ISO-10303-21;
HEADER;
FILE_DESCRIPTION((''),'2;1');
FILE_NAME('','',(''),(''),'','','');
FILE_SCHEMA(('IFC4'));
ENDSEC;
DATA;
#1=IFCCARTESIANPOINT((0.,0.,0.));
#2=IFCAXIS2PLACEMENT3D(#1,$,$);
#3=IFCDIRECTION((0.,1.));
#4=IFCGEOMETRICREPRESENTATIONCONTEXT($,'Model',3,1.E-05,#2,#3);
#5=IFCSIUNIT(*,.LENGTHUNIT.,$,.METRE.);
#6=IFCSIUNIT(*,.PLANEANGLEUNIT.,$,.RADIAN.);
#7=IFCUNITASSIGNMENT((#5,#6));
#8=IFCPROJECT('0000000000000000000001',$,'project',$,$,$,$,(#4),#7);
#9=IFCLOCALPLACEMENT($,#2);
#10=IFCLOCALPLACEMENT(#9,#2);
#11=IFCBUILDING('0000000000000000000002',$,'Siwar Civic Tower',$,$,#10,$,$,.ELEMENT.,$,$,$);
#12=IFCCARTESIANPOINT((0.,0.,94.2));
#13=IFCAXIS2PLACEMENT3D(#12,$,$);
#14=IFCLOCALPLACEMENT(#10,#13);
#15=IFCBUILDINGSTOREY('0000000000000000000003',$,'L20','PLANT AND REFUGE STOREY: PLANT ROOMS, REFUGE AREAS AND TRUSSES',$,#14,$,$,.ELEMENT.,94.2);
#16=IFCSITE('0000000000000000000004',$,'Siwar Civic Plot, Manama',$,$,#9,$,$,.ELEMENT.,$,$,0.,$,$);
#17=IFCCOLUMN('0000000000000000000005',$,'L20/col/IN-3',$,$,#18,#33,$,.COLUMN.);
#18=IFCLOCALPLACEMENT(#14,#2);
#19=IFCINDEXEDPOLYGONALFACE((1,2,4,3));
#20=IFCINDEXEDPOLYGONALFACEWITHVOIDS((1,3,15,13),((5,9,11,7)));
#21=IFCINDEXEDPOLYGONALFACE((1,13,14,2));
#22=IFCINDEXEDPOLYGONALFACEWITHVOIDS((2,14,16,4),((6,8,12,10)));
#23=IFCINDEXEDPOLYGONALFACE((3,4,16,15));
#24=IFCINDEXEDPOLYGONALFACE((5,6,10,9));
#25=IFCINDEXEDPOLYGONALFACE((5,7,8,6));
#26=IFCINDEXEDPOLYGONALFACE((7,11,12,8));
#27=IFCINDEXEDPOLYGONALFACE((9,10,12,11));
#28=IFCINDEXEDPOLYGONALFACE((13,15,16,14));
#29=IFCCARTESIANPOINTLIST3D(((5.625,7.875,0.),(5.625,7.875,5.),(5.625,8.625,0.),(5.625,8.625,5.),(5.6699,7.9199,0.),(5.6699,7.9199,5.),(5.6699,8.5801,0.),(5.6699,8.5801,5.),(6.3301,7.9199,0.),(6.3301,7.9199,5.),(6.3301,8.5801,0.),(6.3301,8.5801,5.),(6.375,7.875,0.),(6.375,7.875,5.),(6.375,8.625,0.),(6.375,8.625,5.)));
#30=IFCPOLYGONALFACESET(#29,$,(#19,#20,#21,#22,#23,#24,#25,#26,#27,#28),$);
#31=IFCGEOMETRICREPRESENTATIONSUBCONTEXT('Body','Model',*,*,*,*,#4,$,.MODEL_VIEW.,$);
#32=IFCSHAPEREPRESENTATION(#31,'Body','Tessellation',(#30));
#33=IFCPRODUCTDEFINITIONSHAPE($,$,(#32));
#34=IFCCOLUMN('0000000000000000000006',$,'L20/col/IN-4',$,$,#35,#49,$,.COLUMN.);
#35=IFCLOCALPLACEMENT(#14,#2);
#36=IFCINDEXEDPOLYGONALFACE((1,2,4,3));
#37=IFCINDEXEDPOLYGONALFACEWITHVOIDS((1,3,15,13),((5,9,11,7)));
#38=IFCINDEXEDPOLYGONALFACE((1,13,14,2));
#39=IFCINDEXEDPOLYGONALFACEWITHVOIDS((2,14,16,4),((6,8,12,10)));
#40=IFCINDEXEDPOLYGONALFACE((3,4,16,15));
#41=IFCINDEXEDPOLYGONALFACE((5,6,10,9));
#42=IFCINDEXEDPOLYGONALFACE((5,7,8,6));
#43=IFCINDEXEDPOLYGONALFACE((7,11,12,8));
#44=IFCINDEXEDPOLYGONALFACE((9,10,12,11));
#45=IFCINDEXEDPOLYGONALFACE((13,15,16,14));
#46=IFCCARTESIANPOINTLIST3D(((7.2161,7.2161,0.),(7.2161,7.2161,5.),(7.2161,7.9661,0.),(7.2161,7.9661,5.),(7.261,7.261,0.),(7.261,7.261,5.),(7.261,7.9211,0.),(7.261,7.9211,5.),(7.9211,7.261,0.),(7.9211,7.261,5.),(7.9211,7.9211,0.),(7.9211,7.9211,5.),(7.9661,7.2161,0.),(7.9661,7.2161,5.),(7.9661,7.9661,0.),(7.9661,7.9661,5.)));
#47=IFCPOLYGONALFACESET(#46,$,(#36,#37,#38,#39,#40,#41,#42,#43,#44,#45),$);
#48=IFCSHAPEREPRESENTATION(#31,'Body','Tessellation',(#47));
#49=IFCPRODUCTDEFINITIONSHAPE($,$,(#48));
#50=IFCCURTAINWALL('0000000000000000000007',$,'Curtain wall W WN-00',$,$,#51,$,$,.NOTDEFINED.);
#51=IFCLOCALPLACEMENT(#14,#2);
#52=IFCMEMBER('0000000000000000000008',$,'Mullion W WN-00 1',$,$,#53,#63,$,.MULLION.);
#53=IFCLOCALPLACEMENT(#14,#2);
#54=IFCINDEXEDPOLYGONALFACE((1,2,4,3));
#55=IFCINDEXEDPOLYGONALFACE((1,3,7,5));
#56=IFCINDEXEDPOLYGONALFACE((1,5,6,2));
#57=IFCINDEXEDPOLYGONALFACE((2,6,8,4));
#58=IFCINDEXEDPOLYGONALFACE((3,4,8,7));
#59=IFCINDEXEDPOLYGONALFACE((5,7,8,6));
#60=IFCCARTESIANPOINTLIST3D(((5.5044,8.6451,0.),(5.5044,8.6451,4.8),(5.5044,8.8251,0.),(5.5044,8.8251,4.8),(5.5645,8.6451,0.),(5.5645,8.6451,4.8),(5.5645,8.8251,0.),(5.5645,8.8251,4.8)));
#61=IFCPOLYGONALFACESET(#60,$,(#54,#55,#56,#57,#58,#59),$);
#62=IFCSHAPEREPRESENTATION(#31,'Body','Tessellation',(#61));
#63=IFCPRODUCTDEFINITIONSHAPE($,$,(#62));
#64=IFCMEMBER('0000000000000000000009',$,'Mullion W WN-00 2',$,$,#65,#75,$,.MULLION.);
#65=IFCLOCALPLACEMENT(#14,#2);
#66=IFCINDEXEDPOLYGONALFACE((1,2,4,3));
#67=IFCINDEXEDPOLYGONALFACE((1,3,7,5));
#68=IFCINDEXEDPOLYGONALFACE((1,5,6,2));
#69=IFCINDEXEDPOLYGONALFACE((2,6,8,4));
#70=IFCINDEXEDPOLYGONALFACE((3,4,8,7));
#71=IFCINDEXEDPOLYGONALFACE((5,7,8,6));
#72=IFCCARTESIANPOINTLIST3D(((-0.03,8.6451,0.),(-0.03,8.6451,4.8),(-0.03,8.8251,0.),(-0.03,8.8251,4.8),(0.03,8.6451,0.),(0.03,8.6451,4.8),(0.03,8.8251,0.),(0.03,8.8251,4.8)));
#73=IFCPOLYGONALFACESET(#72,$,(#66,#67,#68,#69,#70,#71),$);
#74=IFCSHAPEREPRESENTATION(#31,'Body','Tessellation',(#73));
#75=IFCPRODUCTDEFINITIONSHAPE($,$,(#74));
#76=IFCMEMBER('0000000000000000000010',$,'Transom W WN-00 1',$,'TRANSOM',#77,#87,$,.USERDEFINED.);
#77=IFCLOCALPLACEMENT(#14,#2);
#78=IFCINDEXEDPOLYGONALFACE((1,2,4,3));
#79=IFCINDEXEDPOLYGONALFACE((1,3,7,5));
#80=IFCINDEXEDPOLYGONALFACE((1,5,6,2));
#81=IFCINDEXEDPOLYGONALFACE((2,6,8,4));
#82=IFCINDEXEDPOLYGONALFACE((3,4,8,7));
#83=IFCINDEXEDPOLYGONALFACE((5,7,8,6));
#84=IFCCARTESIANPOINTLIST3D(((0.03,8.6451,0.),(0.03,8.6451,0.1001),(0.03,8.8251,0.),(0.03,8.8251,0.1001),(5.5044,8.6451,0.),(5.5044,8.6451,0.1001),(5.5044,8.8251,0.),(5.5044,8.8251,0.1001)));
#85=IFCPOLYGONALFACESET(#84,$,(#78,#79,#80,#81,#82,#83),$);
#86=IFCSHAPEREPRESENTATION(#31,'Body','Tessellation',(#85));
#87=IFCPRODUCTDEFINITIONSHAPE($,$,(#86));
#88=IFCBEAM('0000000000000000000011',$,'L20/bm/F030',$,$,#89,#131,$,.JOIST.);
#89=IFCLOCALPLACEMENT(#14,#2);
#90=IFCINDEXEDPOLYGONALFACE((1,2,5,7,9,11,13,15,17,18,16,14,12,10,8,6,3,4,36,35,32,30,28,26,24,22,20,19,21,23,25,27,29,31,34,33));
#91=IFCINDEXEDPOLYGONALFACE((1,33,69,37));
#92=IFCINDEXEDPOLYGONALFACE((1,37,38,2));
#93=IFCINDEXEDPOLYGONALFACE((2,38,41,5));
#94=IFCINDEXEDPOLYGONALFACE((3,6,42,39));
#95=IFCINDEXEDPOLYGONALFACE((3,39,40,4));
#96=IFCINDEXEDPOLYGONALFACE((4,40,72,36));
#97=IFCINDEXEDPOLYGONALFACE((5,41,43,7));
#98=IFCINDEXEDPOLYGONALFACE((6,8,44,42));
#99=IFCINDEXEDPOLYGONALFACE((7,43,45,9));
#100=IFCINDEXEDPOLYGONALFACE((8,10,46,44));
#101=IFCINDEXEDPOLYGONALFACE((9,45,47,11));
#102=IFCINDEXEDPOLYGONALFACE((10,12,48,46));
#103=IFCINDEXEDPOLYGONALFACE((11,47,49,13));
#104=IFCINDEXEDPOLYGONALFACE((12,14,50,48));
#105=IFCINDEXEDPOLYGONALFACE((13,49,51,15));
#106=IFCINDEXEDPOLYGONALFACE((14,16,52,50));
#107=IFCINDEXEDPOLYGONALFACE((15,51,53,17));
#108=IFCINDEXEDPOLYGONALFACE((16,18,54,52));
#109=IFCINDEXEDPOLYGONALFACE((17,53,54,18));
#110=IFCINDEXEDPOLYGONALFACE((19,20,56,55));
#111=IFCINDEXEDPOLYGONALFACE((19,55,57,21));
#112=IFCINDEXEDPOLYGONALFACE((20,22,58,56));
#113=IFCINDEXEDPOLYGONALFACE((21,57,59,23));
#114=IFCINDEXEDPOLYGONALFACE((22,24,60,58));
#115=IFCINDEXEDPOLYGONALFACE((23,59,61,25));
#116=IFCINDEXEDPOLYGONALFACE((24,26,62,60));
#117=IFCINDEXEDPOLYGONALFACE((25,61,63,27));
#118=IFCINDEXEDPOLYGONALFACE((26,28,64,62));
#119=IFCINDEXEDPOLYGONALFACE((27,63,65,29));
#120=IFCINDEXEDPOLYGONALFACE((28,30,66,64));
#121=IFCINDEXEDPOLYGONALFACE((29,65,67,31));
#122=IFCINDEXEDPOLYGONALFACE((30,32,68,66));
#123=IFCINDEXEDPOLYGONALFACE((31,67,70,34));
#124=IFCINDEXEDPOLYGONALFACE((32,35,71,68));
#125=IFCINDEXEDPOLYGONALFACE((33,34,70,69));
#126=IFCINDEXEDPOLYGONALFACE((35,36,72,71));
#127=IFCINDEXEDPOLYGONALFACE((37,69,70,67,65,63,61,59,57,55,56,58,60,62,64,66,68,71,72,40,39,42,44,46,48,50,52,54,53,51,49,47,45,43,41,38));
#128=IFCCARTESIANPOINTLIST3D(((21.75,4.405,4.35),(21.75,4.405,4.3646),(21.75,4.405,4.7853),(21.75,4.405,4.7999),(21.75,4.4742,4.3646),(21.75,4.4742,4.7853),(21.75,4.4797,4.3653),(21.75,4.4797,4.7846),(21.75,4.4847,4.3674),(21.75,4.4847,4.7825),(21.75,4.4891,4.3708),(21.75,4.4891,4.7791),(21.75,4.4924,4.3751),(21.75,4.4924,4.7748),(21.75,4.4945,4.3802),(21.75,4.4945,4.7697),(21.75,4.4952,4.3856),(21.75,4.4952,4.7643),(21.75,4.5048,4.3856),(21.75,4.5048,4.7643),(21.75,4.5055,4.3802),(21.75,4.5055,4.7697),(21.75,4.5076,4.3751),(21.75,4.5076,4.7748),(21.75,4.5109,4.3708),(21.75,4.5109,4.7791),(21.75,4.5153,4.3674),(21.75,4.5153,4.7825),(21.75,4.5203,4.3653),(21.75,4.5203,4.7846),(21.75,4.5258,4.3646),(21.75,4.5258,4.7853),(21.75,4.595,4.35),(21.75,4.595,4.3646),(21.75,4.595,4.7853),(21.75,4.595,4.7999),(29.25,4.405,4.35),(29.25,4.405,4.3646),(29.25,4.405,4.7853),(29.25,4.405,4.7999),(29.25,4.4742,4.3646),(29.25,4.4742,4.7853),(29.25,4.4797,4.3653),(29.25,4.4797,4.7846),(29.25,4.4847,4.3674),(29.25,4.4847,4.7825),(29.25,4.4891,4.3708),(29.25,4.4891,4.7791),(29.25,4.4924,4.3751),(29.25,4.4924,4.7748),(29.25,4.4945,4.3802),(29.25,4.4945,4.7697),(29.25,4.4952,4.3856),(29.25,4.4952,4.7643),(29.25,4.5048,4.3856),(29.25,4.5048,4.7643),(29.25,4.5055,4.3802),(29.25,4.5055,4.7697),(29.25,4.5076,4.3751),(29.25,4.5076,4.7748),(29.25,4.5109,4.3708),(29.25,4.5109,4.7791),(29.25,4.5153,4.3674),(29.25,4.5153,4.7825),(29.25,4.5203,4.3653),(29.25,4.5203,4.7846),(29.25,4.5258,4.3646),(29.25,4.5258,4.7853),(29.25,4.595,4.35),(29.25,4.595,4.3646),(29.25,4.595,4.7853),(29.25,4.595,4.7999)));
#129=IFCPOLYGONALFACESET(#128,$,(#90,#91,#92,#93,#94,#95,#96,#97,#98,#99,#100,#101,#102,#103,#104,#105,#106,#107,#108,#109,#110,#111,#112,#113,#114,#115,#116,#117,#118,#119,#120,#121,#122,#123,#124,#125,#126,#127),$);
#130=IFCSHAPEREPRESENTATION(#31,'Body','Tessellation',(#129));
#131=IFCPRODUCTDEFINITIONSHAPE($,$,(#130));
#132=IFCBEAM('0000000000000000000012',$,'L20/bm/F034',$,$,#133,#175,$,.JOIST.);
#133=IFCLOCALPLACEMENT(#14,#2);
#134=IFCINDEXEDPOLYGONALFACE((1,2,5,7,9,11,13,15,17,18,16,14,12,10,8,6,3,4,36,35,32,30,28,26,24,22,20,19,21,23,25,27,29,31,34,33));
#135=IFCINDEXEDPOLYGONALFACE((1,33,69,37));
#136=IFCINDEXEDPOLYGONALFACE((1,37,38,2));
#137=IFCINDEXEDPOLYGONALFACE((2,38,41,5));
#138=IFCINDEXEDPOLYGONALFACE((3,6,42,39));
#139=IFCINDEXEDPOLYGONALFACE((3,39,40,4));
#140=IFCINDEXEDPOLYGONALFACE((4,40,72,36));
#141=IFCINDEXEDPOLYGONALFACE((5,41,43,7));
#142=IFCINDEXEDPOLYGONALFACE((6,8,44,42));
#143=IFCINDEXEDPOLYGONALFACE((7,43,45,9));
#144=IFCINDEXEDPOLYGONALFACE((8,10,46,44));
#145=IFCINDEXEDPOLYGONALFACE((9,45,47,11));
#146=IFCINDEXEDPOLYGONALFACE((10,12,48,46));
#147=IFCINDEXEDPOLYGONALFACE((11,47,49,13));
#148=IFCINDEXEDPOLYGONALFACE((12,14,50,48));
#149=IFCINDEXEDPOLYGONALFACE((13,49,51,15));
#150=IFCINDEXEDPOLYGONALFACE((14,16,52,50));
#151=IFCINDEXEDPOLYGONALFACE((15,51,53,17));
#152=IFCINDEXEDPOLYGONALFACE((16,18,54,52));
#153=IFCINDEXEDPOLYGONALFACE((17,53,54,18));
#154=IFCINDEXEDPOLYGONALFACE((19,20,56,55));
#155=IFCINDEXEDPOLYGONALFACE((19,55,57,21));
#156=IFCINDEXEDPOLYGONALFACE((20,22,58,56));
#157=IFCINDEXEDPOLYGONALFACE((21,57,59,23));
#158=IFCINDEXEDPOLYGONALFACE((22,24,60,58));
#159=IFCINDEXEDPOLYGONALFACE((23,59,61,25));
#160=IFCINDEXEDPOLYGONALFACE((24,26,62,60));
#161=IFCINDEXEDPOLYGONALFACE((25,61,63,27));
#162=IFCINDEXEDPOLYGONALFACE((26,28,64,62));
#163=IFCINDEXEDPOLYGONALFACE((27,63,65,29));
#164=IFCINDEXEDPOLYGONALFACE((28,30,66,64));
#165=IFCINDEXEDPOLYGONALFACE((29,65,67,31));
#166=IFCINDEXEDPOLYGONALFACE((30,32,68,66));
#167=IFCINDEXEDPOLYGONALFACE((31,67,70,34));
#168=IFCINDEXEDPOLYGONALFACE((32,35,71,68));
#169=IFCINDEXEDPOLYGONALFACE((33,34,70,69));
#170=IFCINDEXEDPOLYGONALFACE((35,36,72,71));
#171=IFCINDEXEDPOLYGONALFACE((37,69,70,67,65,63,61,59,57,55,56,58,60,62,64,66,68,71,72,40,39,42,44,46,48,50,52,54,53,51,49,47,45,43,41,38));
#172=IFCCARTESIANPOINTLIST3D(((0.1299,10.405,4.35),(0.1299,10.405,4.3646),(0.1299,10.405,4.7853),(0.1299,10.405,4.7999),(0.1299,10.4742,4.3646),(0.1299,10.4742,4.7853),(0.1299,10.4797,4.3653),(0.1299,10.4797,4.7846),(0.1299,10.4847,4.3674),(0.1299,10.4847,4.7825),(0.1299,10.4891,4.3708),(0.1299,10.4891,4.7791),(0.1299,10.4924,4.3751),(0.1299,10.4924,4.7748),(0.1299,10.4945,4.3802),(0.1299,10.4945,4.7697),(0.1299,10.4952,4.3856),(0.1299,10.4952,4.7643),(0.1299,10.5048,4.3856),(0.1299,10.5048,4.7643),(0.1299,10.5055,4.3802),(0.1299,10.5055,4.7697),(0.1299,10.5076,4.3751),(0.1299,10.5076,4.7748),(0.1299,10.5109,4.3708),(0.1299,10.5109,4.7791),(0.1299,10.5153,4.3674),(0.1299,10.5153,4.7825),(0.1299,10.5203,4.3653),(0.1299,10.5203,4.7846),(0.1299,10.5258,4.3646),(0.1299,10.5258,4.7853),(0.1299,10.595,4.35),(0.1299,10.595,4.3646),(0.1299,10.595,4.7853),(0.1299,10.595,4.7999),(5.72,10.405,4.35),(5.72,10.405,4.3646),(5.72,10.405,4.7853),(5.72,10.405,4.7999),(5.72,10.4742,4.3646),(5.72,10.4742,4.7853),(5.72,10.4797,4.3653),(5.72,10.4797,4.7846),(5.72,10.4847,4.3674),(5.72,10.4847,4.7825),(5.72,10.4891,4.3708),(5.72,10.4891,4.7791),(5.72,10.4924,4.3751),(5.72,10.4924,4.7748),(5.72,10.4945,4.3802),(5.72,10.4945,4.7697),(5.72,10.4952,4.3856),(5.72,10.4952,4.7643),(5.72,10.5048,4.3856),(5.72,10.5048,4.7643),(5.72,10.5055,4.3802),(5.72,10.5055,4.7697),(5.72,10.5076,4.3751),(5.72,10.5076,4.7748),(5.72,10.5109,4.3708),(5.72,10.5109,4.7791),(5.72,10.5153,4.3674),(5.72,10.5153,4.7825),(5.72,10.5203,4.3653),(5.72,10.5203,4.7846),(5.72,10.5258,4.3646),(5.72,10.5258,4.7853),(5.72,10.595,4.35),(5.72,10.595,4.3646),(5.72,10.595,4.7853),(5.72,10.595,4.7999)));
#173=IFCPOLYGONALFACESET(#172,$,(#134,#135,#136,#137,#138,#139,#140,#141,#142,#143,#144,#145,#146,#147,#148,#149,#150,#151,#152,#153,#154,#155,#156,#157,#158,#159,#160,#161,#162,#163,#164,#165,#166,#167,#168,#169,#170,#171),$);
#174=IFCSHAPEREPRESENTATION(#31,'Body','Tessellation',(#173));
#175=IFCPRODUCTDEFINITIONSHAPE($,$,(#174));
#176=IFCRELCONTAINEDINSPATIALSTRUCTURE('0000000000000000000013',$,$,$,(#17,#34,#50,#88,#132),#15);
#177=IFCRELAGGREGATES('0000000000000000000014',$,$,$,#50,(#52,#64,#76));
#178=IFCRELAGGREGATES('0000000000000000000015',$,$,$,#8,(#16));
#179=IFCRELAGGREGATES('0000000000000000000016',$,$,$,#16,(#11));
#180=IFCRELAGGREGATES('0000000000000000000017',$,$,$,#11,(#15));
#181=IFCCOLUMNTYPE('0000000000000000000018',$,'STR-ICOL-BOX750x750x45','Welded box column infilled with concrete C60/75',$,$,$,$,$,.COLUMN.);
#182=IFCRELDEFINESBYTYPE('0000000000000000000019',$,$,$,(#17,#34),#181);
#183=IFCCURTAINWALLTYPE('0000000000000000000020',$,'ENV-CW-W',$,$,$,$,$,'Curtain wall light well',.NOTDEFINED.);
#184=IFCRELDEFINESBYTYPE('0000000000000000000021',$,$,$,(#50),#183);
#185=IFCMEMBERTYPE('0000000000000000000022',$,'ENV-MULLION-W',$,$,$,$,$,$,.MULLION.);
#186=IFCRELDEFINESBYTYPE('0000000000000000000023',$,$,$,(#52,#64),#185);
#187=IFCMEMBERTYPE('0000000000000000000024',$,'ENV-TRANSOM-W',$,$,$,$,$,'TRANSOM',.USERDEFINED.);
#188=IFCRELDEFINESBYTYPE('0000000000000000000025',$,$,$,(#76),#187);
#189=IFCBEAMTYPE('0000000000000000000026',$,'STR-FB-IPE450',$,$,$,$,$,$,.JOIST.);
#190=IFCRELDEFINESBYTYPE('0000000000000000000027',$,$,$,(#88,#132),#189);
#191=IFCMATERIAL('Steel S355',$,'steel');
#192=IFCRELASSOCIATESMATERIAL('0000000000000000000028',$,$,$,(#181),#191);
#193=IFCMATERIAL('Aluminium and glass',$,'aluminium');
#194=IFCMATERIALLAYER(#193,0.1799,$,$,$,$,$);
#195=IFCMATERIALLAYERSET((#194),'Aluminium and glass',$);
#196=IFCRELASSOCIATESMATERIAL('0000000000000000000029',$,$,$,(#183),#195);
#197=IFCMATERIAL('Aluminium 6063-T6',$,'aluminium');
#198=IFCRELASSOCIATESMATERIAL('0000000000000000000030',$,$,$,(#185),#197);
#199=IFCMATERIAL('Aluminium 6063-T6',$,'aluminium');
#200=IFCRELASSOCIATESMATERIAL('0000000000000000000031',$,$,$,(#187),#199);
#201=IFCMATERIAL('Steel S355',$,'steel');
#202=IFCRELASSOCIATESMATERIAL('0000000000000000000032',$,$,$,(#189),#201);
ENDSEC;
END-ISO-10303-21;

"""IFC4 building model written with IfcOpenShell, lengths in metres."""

from ifc_helpers import new_model, si_unit, direction, frame, origin, origin_2d, place, context, subcontext, project, spatial, rectangle, hollow_rectangle, i_section, extrude, material, layer, layer_set, material_profile, profile_set, type_object, element, aggregate, save


model = new_model("IFC4")

# Units and contexts
model_context = context("Model", 3, precision=1e-05, world=origin(), true_north=direction((0.0, 1.0)))
body_context = subcontext(model_context, "Body", "Model", "MODEL_VIEW")
ifc_project = project(units=[si_unit("LENGTHUNIT", "METRE"), si_unit("PLANEANGLEUNIT", "RADIAN")], contexts=[model_context])

# Site, building, storey
site_placement = place(None, origin())
site = spatial("IfcSite", under=ifc_project, at=site_placement, Name="Siwar Civic Plot, Manama", CompositionType="ELEMENT", RefElevation=0.0)
building_placement = place(site_placement, origin())
building = spatial("IfcBuilding", under=site, at=building_placement, Name="Siwar Civic Tower", CompositionType="ELEMENT")
storey_placement = place(building_placement, frame((0.0, 0.0, 94.2)))
storey = spatial("IfcBuildingStorey", under=building, at=storey_placement, Name="L20", Description="PLANT AND REFUGE STOREY: PLANT ROOMS, REFUGE AREAS AND TRUSSES", CompositionType="ELEMENT", Elevation=94.2)

# Columns
ifc_material_1 = material(Name="Steel S355", Category="steel")
ifc_material_profile_1 = material_profile(ifc_material_1, hollow_rectangle(XDim=0.75, YDim=0.75, WallThickness=0.0449, at=origin_2d()), Name="BOX750x750x45")
ifc_profile_set_1 = profile_set([ifc_material_profile_1], Name="Steel S355")
column_type = type_object("IfcColumnType", Name="STR-ICOL-BOX750x750x45", Description="Welded box column infilled with concrete C60/75", PredefinedType="COLUMN", material=ifc_profile_set_1)
for number, where, z_axis, x_axis, name in (
    (1, (6.0, 8.25, 0.0), (0.0, 0.0, 1.0), (1.0, 0.0, 0.0), "L20/col/IN-3"),
    (2, (7.5911, 7.5911, 0.0), (0.0, 0.0, 1.0), (1.0, 0.0, 0.0), "L20/col/IN-4"),
):
    element("IfcColumn", number, at=place(storey_placement, frame(where, z_axis=z_axis, x_axis=x_axis)), inside=storey, type_object=column_type, Name=name, PredefinedType="COLUMN", context=body_context, shape_type="SweptSolid", body=[
        extrude(hollow_rectangle(XDim=0.75, YDim=0.75, WallThickness=0.0449, at=origin_2d()), origin(), (0.0, 0.0, 1.0), 5.0),
    ])

# Curtain wall, members
ifc_material_2 = material(Name="Aluminium and glass", Category="aluminium")
ifc_layer_1 = layer(ifc_material_2, 0.1799)
ifc_layer_set_1 = layer_set([ifc_layer_1], Name="Aluminium and glass")
curtain_wall_type = type_object("IfcCurtainWallType", Name="ENV-CW-W", ElementType="Curtain wall light well", PredefinedType="NOTDEFINED", material=ifc_layer_set_1)
curtain_wall_placement = place(storey_placement, origin())
curtain_wall = element("IfcCurtainWall", 3, at=curtain_wall_placement, inside=storey, type_object=curtain_wall_type, Name="Curtain wall W WN-00", PredefinedType="NOTDEFINED")
ifc_material_3 = material(Name="Aluminium 6063-T6", Category="aluminium")
ifc_material_profile_2 = material_profile(ifc_material_3, rectangle(XDim=0.1799, YDim=0.0601, at=origin_2d()), Name="AL 180x60")
ifc_profile_set_2 = profile_set([ifc_material_profile_2], Name="Aluminium 6063-T6")
member_type_1 = type_object("IfcMemberType", Name="ENV-MULLION-W", PredefinedType="MULLION", material=ifc_profile_set_2)
member_1_placement = place(storey_placement, frame((5.5344, 8.7351, 0.0), z_axis=(0.0, 0.0, 1.0), x_axis=(0.0, -1.0, 0.0)))
member_1 = element("IfcMember", 4, at=member_1_placement, type_object=member_type_1, Name="Mullion W WN-00 1", PredefinedType="MULLION", context=body_context, shape_type="SweptSolid", body=[
    extrude(rectangle(XDim=0.1799, YDim=0.0601, at=origin_2d()), origin(), (0.0, 0.0, 1.0), 4.8),
])
member_2_placement = place(storey_placement, frame((0.0, 8.7351, 0.0), z_axis=(0.0, 0.0, 1.0), x_axis=(0.0, -1.0, 0.0)))
member_2 = element("IfcMember", 5, at=member_2_placement, type_object=member_type_1, Name="Mullion W WN-00 2", PredefinedType="MULLION", context=body_context, shape_type="SweptSolid", body=[
    extrude(rectangle(XDim=0.1799, YDim=0.0601, at=origin_2d()), origin(), (0.0, 0.0, 1.0), 4.8),
])
ifc_material_4 = material(Name="Aluminium 6063-T6", Category="aluminium")
ifc_material_profile_3 = material_profile(ifc_material_4, rectangle(XDim=0.1799, YDim=0.1001, at=origin_2d()), Name="AL 180x100")
ifc_profile_set_3 = profile_set([ifc_material_profile_3], Name="Aluminium 6063-T6")
member_type_2 = type_object("IfcMemberType", Name="ENV-TRANSOM-W", ElementType="TRANSOM", PredefinedType="USERDEFINED", material=ifc_profile_set_3)
member_3_placement = place(storey_placement, frame((5.5044, 8.7351, 0.05), z_axis=(-1.0, 0.0, 0.0), x_axis=(0.0, -1.0, 0.0)))
member_3 = element("IfcMember", 6, at=member_3_placement, type_object=member_type_2, Name="Transom W WN-00 1", ObjectType="TRANSOM", PredefinedType="USERDEFINED", context=body_context, shape_type="SweptSolid", body=[
    extrude(rectangle(XDim=0.1799, YDim=0.1001, at=origin_2d()), origin(), (0.0, 0.0, 1.0), 5.4744),
])

# Beams
ifc_material_5 = material(Name="Steel S355", Category="steel")
ifc_material_profile_4 = material_profile(ifc_material_5, i_section(OverallWidth=0.1899, OverallDepth=0.45, WebThickness=0.0095, FlangeThickness=0.0146, FilletRadius=0.021, at=origin_2d()), Name="IPE450")
ifc_profile_set_4 = profile_set([ifc_material_profile_4], Name="Steel S355")
beam_type_1 = type_object("IfcBeamType", Name="STR-FB-IPE450", PredefinedType="JOIST", material=ifc_profile_set_4)
beam_1_placement = place(storey_placement, frame((21.75, 4.5, 4.575), z_axis=(1.0, 0.0, 0.0), x_axis=(0.0, 1.0, 0.0)))
element("IfcBeam", 7, at=beam_1_placement, inside=storey, type_object=beam_type_1, Name="L20/bm/F030", PredefinedType="JOIST", context=body_context, shape_type="SweptSolid", body=[
    extrude(i_section(OverallWidth=0.1899, OverallDepth=0.45, WebThickness=0.0095, FlangeThickness=0.0146, FilletRadius=0.021, at=origin_2d()), origin(), (0.0, 0.0, 1.0), 7.5),
])
beam_2_placement = place(storey_placement, frame((0.1299, 10.5, 4.575), z_axis=(1.0, 0.0, 0.0), x_axis=(0.0, 1.0, 0.0)))
element("IfcBeam", 8, at=beam_2_placement, inside=storey, type_object=beam_type_1, Name="L20/bm/F034", PredefinedType="JOIST", context=body_context, shape_type="SweptSolid", body=[
    extrude(i_section(OverallWidth=0.1899, OverallDepth=0.45, WebThickness=0.0095, FlangeThickness=0.0146, FilletRadius=0.021, at=origin_2d()), origin(), (0.0, 0.0, 1.0), 5.5901),
])

aggregate(curtain_wall, [member_1, member_2, member_3])

save(model, "model.ifc")
